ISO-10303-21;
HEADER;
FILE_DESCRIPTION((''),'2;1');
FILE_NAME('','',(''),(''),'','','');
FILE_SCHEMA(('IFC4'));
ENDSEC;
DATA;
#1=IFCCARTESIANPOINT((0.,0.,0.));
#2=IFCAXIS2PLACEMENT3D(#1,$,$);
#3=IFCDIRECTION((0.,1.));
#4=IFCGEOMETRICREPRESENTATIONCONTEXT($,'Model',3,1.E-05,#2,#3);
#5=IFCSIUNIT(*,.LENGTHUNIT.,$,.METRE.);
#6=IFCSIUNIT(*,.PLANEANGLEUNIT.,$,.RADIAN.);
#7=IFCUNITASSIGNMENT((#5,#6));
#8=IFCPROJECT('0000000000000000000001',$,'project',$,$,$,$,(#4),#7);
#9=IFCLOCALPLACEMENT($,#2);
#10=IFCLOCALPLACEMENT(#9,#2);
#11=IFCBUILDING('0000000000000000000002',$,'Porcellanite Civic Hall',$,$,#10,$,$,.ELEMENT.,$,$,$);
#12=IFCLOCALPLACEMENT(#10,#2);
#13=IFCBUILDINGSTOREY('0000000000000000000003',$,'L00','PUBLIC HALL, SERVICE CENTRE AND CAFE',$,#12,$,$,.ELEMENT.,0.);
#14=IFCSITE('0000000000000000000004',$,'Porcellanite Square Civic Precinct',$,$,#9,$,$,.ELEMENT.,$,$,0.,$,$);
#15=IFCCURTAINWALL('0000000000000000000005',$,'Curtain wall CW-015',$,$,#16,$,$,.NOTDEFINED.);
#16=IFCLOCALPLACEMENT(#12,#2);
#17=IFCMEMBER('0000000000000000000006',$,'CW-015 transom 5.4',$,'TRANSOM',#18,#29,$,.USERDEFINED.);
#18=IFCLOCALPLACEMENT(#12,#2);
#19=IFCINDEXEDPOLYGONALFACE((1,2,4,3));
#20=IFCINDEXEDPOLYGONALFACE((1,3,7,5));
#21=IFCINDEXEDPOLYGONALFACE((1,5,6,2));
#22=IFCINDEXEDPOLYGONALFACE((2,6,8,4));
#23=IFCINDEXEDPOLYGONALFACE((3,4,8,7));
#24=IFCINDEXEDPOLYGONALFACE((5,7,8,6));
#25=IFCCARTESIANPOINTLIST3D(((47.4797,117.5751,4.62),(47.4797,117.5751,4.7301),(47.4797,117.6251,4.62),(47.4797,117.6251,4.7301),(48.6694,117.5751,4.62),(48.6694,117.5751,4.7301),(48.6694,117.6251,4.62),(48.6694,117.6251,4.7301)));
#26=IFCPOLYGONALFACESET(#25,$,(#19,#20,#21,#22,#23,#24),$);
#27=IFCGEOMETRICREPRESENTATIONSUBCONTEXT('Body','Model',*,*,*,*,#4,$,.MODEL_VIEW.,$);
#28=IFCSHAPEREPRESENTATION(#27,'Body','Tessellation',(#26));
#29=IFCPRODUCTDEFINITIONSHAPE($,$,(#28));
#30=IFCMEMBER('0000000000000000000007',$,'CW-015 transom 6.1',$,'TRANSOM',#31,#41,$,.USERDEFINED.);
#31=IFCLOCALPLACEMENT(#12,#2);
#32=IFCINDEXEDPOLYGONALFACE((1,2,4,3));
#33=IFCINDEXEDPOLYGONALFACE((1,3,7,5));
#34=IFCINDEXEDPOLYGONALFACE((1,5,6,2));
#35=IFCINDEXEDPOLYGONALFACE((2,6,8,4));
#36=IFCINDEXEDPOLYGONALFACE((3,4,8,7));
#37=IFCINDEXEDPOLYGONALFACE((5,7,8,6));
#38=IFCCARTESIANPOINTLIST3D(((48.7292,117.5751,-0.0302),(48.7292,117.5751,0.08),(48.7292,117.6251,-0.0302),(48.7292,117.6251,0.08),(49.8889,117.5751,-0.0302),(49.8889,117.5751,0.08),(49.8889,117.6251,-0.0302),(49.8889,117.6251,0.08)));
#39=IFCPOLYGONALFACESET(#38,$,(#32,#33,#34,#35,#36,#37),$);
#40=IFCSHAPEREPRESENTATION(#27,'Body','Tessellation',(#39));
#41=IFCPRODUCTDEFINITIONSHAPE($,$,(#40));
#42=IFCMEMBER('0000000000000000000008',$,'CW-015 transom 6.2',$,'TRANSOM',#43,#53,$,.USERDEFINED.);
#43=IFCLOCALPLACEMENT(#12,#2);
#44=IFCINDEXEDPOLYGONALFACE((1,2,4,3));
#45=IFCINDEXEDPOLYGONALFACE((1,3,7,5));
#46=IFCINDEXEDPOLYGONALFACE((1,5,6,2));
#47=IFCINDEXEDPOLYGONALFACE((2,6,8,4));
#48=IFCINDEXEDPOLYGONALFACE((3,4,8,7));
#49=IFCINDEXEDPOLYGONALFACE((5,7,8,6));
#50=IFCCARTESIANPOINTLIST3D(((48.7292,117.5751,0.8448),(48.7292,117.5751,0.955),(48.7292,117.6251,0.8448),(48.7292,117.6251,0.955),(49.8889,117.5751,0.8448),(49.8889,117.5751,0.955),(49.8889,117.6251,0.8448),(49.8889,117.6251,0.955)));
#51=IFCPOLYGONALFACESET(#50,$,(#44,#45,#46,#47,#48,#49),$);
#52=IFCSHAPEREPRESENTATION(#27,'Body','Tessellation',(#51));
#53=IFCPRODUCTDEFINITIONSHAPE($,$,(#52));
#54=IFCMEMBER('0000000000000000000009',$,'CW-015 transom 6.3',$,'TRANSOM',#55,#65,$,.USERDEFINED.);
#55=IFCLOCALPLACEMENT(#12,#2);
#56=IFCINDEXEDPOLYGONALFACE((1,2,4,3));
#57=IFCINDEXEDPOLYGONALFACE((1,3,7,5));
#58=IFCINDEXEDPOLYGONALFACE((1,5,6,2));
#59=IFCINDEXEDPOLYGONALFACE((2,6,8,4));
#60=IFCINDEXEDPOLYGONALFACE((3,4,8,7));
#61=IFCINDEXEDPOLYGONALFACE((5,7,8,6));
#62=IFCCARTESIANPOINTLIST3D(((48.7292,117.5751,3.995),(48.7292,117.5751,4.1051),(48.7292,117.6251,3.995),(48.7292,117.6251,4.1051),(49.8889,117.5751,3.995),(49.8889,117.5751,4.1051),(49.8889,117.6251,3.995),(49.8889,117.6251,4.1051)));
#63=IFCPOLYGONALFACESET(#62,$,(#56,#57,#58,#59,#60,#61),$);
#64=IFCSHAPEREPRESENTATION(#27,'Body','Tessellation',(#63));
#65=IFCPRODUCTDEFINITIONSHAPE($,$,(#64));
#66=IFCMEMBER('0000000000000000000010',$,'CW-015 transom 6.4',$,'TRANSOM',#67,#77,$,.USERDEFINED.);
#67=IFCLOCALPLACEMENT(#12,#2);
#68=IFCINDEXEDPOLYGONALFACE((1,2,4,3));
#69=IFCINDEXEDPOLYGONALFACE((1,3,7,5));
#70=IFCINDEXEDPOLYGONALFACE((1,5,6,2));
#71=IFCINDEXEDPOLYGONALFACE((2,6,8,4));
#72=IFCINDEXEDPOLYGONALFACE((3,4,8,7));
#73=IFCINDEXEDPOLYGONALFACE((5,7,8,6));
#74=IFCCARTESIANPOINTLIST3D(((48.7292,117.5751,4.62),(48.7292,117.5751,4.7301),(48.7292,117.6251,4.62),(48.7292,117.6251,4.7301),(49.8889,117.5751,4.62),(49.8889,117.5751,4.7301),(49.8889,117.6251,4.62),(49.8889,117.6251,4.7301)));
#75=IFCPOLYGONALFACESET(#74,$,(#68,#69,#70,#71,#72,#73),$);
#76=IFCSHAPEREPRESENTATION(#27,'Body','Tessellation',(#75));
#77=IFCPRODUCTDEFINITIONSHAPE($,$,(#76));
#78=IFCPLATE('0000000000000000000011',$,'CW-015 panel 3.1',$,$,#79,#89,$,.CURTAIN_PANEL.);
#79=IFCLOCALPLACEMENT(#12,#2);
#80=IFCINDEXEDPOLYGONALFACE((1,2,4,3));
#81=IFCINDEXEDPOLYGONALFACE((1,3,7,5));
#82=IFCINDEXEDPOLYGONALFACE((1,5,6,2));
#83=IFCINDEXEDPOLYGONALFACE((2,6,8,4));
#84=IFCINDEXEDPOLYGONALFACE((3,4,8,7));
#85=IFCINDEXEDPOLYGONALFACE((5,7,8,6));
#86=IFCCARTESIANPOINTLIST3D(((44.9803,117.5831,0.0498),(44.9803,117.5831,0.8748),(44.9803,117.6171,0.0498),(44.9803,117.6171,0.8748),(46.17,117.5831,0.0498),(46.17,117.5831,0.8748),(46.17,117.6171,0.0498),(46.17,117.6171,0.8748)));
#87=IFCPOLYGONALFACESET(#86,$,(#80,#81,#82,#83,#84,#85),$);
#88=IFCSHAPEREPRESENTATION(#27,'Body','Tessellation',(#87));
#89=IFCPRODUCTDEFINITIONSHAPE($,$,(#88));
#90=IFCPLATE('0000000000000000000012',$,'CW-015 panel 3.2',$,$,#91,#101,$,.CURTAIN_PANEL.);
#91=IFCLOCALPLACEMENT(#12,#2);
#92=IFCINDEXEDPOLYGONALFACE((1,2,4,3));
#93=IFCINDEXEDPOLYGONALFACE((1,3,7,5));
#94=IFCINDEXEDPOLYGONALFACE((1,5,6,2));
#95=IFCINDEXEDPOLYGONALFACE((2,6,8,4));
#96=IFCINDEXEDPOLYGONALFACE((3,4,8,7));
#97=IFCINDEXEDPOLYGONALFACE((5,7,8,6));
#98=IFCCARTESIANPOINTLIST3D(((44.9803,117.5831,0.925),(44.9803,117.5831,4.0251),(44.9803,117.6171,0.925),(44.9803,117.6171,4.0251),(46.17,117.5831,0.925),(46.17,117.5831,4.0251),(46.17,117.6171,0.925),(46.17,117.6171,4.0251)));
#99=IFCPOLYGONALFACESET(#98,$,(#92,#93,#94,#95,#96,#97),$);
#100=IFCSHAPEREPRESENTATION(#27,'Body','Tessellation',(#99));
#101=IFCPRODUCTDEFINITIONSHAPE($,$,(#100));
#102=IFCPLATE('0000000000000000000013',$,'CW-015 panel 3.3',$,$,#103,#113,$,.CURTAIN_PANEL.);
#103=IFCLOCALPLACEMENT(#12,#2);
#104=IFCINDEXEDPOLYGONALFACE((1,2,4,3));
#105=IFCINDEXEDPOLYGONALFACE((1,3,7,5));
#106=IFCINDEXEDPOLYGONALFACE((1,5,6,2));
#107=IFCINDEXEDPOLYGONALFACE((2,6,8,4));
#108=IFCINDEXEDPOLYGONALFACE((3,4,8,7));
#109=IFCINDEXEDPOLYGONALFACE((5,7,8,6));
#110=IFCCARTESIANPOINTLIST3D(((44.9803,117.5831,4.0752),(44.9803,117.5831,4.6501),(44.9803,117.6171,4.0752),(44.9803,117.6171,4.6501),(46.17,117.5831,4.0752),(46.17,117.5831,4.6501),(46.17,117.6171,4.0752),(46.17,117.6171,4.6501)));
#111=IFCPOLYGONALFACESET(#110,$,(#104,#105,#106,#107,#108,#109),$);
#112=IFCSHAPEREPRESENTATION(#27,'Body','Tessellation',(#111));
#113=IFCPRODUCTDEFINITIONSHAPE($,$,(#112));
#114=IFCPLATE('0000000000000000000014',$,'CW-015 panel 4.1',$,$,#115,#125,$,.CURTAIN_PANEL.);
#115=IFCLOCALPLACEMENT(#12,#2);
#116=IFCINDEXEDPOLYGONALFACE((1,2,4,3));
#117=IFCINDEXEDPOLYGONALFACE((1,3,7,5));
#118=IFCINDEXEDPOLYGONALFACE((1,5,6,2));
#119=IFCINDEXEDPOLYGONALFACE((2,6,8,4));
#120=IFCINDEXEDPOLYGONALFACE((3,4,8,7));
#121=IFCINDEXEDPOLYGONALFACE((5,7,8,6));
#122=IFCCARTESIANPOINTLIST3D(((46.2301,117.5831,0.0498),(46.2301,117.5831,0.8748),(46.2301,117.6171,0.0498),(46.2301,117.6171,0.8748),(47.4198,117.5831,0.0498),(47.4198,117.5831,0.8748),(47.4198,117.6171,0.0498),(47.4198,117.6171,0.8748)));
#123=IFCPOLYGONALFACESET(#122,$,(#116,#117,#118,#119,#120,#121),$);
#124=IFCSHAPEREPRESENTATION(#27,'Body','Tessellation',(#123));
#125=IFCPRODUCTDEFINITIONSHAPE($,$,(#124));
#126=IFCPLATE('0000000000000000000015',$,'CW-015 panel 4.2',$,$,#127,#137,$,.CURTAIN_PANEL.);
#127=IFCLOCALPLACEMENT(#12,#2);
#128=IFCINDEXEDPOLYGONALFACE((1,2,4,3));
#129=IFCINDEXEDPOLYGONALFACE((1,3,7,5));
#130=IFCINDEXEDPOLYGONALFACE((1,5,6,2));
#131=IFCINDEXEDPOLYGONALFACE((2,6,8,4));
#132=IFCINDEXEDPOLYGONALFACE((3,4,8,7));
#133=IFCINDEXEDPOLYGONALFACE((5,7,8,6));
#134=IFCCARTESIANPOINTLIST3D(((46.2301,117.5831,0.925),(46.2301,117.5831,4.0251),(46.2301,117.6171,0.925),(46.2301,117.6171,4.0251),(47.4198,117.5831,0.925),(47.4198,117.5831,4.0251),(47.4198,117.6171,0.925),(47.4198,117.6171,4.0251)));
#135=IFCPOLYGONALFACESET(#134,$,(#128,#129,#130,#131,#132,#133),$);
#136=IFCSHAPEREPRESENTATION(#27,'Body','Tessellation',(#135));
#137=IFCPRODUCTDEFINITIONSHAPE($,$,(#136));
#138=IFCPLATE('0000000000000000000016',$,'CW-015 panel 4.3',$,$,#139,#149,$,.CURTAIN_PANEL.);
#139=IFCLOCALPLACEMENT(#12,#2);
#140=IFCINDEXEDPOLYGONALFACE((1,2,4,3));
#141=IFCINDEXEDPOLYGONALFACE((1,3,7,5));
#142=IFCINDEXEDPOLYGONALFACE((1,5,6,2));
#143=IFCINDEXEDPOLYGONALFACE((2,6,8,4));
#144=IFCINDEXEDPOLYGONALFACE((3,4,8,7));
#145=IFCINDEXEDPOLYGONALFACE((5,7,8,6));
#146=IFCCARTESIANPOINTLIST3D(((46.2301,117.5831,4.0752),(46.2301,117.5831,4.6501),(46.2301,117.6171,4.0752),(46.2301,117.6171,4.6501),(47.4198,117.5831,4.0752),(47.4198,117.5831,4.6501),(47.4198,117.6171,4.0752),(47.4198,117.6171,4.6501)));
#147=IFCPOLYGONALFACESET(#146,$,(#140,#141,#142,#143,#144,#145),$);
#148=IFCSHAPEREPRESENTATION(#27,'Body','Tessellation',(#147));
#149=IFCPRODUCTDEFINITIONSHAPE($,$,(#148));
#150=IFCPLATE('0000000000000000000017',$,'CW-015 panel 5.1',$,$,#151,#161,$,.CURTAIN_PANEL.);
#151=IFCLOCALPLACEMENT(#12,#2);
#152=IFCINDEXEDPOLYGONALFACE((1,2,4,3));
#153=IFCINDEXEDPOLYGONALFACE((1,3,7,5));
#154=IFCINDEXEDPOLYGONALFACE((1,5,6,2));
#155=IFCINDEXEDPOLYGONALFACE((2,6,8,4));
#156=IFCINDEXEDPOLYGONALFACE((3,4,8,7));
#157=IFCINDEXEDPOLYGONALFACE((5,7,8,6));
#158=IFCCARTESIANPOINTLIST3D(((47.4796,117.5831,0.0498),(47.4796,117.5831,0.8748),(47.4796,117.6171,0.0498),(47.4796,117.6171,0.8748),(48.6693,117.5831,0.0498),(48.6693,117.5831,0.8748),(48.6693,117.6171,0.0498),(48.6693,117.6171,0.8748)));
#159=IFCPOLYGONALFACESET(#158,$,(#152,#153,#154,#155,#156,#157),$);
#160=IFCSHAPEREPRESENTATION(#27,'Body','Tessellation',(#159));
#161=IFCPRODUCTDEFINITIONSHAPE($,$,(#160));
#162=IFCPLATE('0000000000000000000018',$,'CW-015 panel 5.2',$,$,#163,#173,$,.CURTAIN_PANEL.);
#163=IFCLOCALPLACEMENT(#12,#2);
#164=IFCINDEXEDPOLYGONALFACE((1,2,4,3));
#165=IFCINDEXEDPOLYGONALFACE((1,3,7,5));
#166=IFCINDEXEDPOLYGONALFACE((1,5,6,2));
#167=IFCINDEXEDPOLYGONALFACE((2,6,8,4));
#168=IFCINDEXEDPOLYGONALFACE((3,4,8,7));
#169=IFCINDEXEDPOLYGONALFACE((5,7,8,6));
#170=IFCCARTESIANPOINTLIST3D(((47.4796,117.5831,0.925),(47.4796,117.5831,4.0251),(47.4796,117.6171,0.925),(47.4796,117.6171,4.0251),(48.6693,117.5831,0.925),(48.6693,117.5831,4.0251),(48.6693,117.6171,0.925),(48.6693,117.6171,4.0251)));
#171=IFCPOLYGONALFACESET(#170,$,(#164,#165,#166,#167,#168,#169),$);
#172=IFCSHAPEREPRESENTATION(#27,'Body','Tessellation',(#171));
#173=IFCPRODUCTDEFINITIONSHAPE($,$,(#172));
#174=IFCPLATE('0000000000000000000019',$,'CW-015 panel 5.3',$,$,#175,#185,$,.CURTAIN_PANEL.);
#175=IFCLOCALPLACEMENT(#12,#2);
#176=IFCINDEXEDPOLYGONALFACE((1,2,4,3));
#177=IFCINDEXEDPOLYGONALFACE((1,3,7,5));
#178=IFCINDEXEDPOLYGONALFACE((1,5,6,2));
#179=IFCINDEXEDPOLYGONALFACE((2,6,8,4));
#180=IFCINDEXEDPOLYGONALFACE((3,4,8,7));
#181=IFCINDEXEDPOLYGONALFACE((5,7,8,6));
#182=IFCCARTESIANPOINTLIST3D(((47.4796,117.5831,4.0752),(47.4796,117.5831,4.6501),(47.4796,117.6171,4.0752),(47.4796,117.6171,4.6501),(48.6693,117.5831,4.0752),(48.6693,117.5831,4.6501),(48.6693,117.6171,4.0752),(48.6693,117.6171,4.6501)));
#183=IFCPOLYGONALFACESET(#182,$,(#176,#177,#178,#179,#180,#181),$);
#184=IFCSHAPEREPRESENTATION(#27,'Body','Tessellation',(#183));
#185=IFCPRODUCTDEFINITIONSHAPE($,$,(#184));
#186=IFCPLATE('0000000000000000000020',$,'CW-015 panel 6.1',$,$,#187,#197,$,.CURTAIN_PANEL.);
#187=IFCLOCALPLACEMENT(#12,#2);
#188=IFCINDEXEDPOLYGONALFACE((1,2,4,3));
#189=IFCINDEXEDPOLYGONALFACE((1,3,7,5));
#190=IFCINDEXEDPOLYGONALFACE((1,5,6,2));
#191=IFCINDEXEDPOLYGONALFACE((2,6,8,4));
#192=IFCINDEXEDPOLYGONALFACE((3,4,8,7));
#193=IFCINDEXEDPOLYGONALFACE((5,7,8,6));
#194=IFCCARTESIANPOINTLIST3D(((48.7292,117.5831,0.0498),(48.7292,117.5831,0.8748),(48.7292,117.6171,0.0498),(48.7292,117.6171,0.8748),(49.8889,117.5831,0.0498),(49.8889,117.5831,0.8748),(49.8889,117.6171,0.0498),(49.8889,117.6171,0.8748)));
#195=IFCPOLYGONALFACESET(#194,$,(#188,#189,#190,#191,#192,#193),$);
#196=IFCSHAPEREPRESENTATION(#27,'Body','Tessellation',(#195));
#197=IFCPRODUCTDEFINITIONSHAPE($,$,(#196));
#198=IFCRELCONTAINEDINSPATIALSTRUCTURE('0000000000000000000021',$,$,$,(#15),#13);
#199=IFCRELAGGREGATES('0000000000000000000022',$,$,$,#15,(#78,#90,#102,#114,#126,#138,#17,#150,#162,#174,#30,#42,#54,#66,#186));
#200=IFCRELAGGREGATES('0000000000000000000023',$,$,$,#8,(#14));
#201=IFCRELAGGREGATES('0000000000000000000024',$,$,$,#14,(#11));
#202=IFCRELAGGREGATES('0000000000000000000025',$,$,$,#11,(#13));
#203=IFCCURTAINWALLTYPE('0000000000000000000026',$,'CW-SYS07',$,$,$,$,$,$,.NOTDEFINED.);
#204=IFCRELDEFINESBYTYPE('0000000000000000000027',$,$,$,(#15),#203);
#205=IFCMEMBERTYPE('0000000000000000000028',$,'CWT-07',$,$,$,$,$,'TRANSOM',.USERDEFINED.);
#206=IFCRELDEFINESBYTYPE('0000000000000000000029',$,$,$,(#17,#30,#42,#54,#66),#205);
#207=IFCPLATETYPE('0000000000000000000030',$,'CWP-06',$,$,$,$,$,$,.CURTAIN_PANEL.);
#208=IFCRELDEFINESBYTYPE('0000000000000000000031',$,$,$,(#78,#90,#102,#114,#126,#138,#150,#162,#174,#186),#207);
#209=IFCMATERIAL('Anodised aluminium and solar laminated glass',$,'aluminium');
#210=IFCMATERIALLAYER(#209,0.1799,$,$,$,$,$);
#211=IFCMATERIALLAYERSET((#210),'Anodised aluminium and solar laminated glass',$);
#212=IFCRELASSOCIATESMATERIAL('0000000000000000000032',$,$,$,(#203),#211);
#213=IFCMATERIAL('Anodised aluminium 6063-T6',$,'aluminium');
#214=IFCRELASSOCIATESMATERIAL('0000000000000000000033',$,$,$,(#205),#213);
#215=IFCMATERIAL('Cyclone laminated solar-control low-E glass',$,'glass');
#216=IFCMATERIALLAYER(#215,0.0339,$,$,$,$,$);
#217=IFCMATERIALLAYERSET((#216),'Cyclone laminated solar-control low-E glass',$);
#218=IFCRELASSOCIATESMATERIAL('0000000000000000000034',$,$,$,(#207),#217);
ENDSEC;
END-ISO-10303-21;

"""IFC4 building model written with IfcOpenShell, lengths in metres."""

from ifc_helpers import new_model, si_unit, direction, frame, origin, origin_2d, place, context, subcontext, project, spatial, rectangle, extrude, material, layer, layer_set, material_profile, profile_set, type_object, element, aggregate, save


model = new_model("IFC4")

# Units and contexts
model_context = context("Model", 3, precision=1e-05, world=origin(), true_north=direction((0.0, 1.0)))
body_context = subcontext(model_context, "Body", "Model", "MODEL_VIEW")
ifc_project = project(units=[si_unit("LENGTHUNIT", "METRE"), si_unit("PLANEANGLEUNIT", "RADIAN")], contexts=[model_context])

# Site, building, storey
site_placement = place(None, origin())
site = spatial("IfcSite", under=ifc_project, at=site_placement, Name="Porcellanite Square Civic Precinct", CompositionType="ELEMENT", RefElevation=0.0)
building_placement = place(site_placement, origin())
building = spatial("IfcBuilding", under=site, at=building_placement, Name="Porcellanite Civic Hall", CompositionType="ELEMENT")
storey_placement = place(building_placement, origin())
storey = spatial("IfcBuildingStorey", under=building, at=storey_placement, Name="L00", Description="PUBLIC HALL, SERVICE CENTRE AND CAFE", CompositionType="ELEMENT", Elevation=0.0)

# Curtain wall, members, plates
ifc_material_1 = material(Name="Anodised aluminium and solar laminated glass", Category="aluminium")
ifc_layer_1 = layer(ifc_material_1, 0.1799)
ifc_layer_set_1 = layer_set([ifc_layer_1], Name="Anodised aluminium and solar laminated glass")
curtain_wall_type = type_object("IfcCurtainWallType", Name="CW-SYS07", PredefinedType="NOTDEFINED", material=ifc_layer_set_1)
curtain_wall_placement = place(storey_placement, origin())
curtain_wall = element("IfcCurtainWall", 1, at=curtain_wall_placement, inside=storey, type_object=curtain_wall_type, Name="Curtain wall CW-015", PredefinedType="NOTDEFINED")
ifc_material_2 = material(Name="Anodised aluminium 6063-T6", Category="aluminium")
ifc_material_profile_1 = material_profile(ifc_material_2, rectangle(XDim=0.05, YDim=0.1101, at=origin_2d()), Name="AL-50x110")
ifc_profile_set_1 = profile_set([ifc_material_profile_1], Name="Anodised aluminium 6063-T6")
member_type_1 = type_object("IfcMemberType", Name="CWT-07", ElementType="TRANSOM", PredefinedType="USERDEFINED", material=ifc_profile_set_1)
member_1_placement = place(storey_placement, frame((47.4797, 117.6001, 4.675), z_axis=(1.0, 0.0, 0.0), x_axis=(0.0, 1.0, 0.0)))
member_1 = element("IfcMember", 2, at=member_1_placement, type_object=member_type_1, Name="CW-015 transom 5.4", ObjectType="TRANSOM", PredefinedType="USERDEFINED", context=body_context, shape_type="SweptSolid", body=[
    extrude(rectangle(XDim=0.05, YDim=0.1101, at=origin_2d()), origin(), (0.0, 0.0, 1.0), 1.1897),
])
member_2_placement = place(storey_placement, frame((48.7292, 117.6001, 0.0249), z_axis=(1.0, 0.0, 0.0), x_axis=(0.0, 1.0, 0.0)))
member_2 = element("IfcMember", 3, at=member_2_placement, type_object=member_type_1, Name="CW-015 transom 6.1", ObjectType="TRANSOM", PredefinedType="USERDEFINED", context=body_context, shape_type="SweptSolid", body=[
    extrude(rectangle(XDim=0.05, YDim=0.1101, at=origin_2d()), origin(), (0.0, 0.0, 1.0), 1.1597),
])
member_3_placement = place(storey_placement, frame((48.7292, 117.6001, 0.8999), z_axis=(1.0, 0.0, 0.0), x_axis=(0.0, 1.0, 0.0)))
member_3 = element("IfcMember", 4, at=member_3_placement, type_object=member_type_1, Name="CW-015 transom 6.2", ObjectType="TRANSOM", PredefinedType="USERDEFINED", context=body_context, shape_type="SweptSolid", body=[
    extrude(rectangle(XDim=0.05, YDim=0.1101, at=origin_2d()), origin(), (0.0, 0.0, 1.0), 1.1597),
])
member_4_placement = place(storey_placement, frame((48.7292, 117.6001, 4.05), z_axis=(1.0, 0.0, 0.0), x_axis=(0.0, 1.0, 0.0)))
member_4 = element("IfcMember", 5, at=member_4_placement, type_object=member_type_1, Name="CW-015 transom 6.3", ObjectType="TRANSOM", PredefinedType="USERDEFINED", context=body_context, shape_type="SweptSolid", body=[
    extrude(rectangle(XDim=0.05, YDim=0.1101, at=origin_2d()), origin(), (0.0, 0.0, 1.0), 1.1597),
])
member_5_placement = place(storey_placement, frame((48.7292, 117.6001, 4.675), z_axis=(1.0, 0.0, 0.0), x_axis=(0.0, 1.0, 0.0)))
member_5 = element("IfcMember", 6, at=member_5_placement, type_object=member_type_1, Name="CW-015 transom 6.4", ObjectType="TRANSOM", PredefinedType="USERDEFINED", context=body_context, shape_type="SweptSolid", body=[
    extrude(rectangle(XDim=0.05, YDim=0.1101, at=origin_2d()), origin(), (0.0, 0.0, 1.0), 1.1597),
])
ifc_material_3 = material(Name="Cyclone laminated solar-control low-E glass", Category="glass")
ifc_layer_2 = layer(ifc_material_3, 0.0339)
ifc_layer_set_2 = layer_set([ifc_layer_2], Name="Cyclone laminated solar-control low-E glass")
plate_type = type_object("IfcPlateType", Name="CWP-06", PredefinedType="CURTAIN_PANEL", material=ifc_layer_set_2)
plate_1_placement = place(storey_placement, frame((45.5752, 117.6001, 0.0498), z_axis=(0.0, 0.0, 1.0), x_axis=(1.0, 0.0, 0.0)))
plate_1 = element("IfcPlate", 7, at=plate_1_placement, type_object=plate_type, Name="CW-015 panel 3.1", PredefinedType="CURTAIN_PANEL", context=body_context, shape_type="SweptSolid", body=[
    extrude(rectangle(XDim=1.1897, YDim=0.0339, at=origin_2d()), origin(), (0.0, 0.0, 1.0), 0.825),
])
plate_2_placement = place(storey_placement, frame((45.5752, 117.6001, 0.925), z_axis=(0.0, 0.0, 1.0), x_axis=(1.0, 0.0, 0.0)))
plate_2 = element("IfcPlate", 8, at=plate_2_placement, type_object=plate_type, Name="CW-015 panel 3.2", PredefinedType="CURTAIN_PANEL", context=body_context, shape_type="SweptSolid", body=[
    extrude(rectangle(XDim=1.1897, YDim=0.0339, at=origin_2d()), origin(), (0.0, 0.0, 1.0), 3.1001),
])
plate_3_placement = place(storey_placement, frame((45.5752, 117.6001, 4.0752), z_axis=(0.0, 0.0, 1.0), x_axis=(1.0, 0.0, 0.0)))
plate_3 = element("IfcPlate", 9, at=plate_3_placement, type_object=plate_type, Name="CW-015 panel 3.3", PredefinedType="CURTAIN_PANEL", context=body_context, shape_type="SweptSolid", body=[
    extrude(rectangle(XDim=1.1897, YDim=0.0339, at=origin_2d()), origin(), (0.0, 0.0, 1.0), 0.575),
])
plate_4_placement = place(storey_placement, frame((46.825, 117.6001, 0.0498), z_axis=(0.0, 0.0, 1.0), x_axis=(1.0, 0.0, 0.0)))
plate_4 = element("IfcPlate", 10, at=plate_4_placement, type_object=plate_type, Name="CW-015 panel 4.1", PredefinedType="CURTAIN_PANEL", context=body_context, shape_type="SweptSolid", body=[
    extrude(rectangle(XDim=1.1897, YDim=0.0339, at=origin_2d()), origin(), (0.0, 0.0, 1.0), 0.825),
])
plate_5_placement = place(storey_placement, frame((46.825, 117.6001, 0.925), z_axis=(0.0, 0.0, 1.0), x_axis=(1.0, 0.0, 0.0)))
plate_5 = element("IfcPlate", 11, at=plate_5_placement, type_object=plate_type, Name="CW-015 panel 4.2", PredefinedType="CURTAIN_PANEL", context=body_context, shape_type="SweptSolid", body=[
    extrude(rectangle(XDim=1.1897, YDim=0.0339, at=origin_2d()), origin(), (0.0, 0.0, 1.0), 3.1001),
])
plate_6_placement = place(storey_placement, frame((46.825, 117.6001, 4.0752), z_axis=(0.0, 0.0, 1.0), x_axis=(1.0, 0.0, 0.0)))
plate_6 = element("IfcPlate", 12, at=plate_6_placement, type_object=plate_type, Name="CW-015 panel 4.3", PredefinedType="CURTAIN_PANEL", context=body_context, shape_type="SweptSolid", body=[
    extrude(rectangle(XDim=1.1897, YDim=0.0339, at=origin_2d()), origin(), (0.0, 0.0, 1.0), 0.575),
])
plate_7_placement = place(storey_placement, frame((48.0745, 117.6001, 0.0498), z_axis=(0.0, 0.0, 1.0), x_axis=(1.0, 0.0, 0.0)))
plate_7 = element("IfcPlate", 13, at=plate_7_placement, type_object=plate_type, Name="CW-015 panel 5.1", PredefinedType="CURTAIN_PANEL", context=body_context, shape_type="SweptSolid", body=[
    extrude(rectangle(XDim=1.1897, YDim=0.0339, at=origin_2d()), origin(), (0.0, 0.0, 1.0), 0.825),
])
plate_8_placement = place(storey_placement, frame((48.0745, 117.6001, 0.925), z_axis=(0.0, 0.0, 1.0), x_axis=(1.0, 0.0, 0.0)))
plate_8 = element("IfcPlate", 14, at=plate_8_placement, type_object=plate_type, Name="CW-015 panel 5.2", PredefinedType="CURTAIN_PANEL", context=body_context, shape_type="SweptSolid", body=[
    extrude(rectangle(XDim=1.1897, YDim=0.0339, at=origin_2d()), origin(), (0.0, 0.0, 1.0), 3.1001),
])
plate_9_placement = place(storey_placement, frame((48.0745, 117.6001, 4.0752), z_axis=(0.0, 0.0, 1.0), x_axis=(1.0, 0.0, 0.0)))
plate_9 = element("IfcPlate", 15, at=plate_9_placement, type_object=plate_type, Name="CW-015 panel 5.3", PredefinedType="CURTAIN_PANEL", context=body_context, shape_type="SweptSolid", body=[
    extrude(rectangle(XDim=1.1897, YDim=0.0339, at=origin_2d()), origin(), (0.0, 0.0, 1.0), 0.575),
])
plate_10_placement = place(storey_placement, frame((49.3091, 117.6001, 0.0498), z_axis=(0.0, 0.0, 1.0), x_axis=(1.0, 0.0, 0.0)))
plate_10 = element("IfcPlate", 16, at=plate_10_placement, type_object=plate_type, Name="CW-015 panel 6.1", PredefinedType="CURTAIN_PANEL", context=body_context, shape_type="SweptSolid", body=[
    extrude(rectangle(XDim=1.1597, YDim=0.0339, at=origin_2d()), origin(), (0.0, 0.0, 1.0), 0.825),
])
aggregate(curtain_wall, [plate_1, plate_2, plate_3, plate_4, plate_5, plate_6, member_1, plate_7, plate_8, plate_9, member_2, member_3, member_4, member_5, plate_10])

save(model, "model.ifc")
